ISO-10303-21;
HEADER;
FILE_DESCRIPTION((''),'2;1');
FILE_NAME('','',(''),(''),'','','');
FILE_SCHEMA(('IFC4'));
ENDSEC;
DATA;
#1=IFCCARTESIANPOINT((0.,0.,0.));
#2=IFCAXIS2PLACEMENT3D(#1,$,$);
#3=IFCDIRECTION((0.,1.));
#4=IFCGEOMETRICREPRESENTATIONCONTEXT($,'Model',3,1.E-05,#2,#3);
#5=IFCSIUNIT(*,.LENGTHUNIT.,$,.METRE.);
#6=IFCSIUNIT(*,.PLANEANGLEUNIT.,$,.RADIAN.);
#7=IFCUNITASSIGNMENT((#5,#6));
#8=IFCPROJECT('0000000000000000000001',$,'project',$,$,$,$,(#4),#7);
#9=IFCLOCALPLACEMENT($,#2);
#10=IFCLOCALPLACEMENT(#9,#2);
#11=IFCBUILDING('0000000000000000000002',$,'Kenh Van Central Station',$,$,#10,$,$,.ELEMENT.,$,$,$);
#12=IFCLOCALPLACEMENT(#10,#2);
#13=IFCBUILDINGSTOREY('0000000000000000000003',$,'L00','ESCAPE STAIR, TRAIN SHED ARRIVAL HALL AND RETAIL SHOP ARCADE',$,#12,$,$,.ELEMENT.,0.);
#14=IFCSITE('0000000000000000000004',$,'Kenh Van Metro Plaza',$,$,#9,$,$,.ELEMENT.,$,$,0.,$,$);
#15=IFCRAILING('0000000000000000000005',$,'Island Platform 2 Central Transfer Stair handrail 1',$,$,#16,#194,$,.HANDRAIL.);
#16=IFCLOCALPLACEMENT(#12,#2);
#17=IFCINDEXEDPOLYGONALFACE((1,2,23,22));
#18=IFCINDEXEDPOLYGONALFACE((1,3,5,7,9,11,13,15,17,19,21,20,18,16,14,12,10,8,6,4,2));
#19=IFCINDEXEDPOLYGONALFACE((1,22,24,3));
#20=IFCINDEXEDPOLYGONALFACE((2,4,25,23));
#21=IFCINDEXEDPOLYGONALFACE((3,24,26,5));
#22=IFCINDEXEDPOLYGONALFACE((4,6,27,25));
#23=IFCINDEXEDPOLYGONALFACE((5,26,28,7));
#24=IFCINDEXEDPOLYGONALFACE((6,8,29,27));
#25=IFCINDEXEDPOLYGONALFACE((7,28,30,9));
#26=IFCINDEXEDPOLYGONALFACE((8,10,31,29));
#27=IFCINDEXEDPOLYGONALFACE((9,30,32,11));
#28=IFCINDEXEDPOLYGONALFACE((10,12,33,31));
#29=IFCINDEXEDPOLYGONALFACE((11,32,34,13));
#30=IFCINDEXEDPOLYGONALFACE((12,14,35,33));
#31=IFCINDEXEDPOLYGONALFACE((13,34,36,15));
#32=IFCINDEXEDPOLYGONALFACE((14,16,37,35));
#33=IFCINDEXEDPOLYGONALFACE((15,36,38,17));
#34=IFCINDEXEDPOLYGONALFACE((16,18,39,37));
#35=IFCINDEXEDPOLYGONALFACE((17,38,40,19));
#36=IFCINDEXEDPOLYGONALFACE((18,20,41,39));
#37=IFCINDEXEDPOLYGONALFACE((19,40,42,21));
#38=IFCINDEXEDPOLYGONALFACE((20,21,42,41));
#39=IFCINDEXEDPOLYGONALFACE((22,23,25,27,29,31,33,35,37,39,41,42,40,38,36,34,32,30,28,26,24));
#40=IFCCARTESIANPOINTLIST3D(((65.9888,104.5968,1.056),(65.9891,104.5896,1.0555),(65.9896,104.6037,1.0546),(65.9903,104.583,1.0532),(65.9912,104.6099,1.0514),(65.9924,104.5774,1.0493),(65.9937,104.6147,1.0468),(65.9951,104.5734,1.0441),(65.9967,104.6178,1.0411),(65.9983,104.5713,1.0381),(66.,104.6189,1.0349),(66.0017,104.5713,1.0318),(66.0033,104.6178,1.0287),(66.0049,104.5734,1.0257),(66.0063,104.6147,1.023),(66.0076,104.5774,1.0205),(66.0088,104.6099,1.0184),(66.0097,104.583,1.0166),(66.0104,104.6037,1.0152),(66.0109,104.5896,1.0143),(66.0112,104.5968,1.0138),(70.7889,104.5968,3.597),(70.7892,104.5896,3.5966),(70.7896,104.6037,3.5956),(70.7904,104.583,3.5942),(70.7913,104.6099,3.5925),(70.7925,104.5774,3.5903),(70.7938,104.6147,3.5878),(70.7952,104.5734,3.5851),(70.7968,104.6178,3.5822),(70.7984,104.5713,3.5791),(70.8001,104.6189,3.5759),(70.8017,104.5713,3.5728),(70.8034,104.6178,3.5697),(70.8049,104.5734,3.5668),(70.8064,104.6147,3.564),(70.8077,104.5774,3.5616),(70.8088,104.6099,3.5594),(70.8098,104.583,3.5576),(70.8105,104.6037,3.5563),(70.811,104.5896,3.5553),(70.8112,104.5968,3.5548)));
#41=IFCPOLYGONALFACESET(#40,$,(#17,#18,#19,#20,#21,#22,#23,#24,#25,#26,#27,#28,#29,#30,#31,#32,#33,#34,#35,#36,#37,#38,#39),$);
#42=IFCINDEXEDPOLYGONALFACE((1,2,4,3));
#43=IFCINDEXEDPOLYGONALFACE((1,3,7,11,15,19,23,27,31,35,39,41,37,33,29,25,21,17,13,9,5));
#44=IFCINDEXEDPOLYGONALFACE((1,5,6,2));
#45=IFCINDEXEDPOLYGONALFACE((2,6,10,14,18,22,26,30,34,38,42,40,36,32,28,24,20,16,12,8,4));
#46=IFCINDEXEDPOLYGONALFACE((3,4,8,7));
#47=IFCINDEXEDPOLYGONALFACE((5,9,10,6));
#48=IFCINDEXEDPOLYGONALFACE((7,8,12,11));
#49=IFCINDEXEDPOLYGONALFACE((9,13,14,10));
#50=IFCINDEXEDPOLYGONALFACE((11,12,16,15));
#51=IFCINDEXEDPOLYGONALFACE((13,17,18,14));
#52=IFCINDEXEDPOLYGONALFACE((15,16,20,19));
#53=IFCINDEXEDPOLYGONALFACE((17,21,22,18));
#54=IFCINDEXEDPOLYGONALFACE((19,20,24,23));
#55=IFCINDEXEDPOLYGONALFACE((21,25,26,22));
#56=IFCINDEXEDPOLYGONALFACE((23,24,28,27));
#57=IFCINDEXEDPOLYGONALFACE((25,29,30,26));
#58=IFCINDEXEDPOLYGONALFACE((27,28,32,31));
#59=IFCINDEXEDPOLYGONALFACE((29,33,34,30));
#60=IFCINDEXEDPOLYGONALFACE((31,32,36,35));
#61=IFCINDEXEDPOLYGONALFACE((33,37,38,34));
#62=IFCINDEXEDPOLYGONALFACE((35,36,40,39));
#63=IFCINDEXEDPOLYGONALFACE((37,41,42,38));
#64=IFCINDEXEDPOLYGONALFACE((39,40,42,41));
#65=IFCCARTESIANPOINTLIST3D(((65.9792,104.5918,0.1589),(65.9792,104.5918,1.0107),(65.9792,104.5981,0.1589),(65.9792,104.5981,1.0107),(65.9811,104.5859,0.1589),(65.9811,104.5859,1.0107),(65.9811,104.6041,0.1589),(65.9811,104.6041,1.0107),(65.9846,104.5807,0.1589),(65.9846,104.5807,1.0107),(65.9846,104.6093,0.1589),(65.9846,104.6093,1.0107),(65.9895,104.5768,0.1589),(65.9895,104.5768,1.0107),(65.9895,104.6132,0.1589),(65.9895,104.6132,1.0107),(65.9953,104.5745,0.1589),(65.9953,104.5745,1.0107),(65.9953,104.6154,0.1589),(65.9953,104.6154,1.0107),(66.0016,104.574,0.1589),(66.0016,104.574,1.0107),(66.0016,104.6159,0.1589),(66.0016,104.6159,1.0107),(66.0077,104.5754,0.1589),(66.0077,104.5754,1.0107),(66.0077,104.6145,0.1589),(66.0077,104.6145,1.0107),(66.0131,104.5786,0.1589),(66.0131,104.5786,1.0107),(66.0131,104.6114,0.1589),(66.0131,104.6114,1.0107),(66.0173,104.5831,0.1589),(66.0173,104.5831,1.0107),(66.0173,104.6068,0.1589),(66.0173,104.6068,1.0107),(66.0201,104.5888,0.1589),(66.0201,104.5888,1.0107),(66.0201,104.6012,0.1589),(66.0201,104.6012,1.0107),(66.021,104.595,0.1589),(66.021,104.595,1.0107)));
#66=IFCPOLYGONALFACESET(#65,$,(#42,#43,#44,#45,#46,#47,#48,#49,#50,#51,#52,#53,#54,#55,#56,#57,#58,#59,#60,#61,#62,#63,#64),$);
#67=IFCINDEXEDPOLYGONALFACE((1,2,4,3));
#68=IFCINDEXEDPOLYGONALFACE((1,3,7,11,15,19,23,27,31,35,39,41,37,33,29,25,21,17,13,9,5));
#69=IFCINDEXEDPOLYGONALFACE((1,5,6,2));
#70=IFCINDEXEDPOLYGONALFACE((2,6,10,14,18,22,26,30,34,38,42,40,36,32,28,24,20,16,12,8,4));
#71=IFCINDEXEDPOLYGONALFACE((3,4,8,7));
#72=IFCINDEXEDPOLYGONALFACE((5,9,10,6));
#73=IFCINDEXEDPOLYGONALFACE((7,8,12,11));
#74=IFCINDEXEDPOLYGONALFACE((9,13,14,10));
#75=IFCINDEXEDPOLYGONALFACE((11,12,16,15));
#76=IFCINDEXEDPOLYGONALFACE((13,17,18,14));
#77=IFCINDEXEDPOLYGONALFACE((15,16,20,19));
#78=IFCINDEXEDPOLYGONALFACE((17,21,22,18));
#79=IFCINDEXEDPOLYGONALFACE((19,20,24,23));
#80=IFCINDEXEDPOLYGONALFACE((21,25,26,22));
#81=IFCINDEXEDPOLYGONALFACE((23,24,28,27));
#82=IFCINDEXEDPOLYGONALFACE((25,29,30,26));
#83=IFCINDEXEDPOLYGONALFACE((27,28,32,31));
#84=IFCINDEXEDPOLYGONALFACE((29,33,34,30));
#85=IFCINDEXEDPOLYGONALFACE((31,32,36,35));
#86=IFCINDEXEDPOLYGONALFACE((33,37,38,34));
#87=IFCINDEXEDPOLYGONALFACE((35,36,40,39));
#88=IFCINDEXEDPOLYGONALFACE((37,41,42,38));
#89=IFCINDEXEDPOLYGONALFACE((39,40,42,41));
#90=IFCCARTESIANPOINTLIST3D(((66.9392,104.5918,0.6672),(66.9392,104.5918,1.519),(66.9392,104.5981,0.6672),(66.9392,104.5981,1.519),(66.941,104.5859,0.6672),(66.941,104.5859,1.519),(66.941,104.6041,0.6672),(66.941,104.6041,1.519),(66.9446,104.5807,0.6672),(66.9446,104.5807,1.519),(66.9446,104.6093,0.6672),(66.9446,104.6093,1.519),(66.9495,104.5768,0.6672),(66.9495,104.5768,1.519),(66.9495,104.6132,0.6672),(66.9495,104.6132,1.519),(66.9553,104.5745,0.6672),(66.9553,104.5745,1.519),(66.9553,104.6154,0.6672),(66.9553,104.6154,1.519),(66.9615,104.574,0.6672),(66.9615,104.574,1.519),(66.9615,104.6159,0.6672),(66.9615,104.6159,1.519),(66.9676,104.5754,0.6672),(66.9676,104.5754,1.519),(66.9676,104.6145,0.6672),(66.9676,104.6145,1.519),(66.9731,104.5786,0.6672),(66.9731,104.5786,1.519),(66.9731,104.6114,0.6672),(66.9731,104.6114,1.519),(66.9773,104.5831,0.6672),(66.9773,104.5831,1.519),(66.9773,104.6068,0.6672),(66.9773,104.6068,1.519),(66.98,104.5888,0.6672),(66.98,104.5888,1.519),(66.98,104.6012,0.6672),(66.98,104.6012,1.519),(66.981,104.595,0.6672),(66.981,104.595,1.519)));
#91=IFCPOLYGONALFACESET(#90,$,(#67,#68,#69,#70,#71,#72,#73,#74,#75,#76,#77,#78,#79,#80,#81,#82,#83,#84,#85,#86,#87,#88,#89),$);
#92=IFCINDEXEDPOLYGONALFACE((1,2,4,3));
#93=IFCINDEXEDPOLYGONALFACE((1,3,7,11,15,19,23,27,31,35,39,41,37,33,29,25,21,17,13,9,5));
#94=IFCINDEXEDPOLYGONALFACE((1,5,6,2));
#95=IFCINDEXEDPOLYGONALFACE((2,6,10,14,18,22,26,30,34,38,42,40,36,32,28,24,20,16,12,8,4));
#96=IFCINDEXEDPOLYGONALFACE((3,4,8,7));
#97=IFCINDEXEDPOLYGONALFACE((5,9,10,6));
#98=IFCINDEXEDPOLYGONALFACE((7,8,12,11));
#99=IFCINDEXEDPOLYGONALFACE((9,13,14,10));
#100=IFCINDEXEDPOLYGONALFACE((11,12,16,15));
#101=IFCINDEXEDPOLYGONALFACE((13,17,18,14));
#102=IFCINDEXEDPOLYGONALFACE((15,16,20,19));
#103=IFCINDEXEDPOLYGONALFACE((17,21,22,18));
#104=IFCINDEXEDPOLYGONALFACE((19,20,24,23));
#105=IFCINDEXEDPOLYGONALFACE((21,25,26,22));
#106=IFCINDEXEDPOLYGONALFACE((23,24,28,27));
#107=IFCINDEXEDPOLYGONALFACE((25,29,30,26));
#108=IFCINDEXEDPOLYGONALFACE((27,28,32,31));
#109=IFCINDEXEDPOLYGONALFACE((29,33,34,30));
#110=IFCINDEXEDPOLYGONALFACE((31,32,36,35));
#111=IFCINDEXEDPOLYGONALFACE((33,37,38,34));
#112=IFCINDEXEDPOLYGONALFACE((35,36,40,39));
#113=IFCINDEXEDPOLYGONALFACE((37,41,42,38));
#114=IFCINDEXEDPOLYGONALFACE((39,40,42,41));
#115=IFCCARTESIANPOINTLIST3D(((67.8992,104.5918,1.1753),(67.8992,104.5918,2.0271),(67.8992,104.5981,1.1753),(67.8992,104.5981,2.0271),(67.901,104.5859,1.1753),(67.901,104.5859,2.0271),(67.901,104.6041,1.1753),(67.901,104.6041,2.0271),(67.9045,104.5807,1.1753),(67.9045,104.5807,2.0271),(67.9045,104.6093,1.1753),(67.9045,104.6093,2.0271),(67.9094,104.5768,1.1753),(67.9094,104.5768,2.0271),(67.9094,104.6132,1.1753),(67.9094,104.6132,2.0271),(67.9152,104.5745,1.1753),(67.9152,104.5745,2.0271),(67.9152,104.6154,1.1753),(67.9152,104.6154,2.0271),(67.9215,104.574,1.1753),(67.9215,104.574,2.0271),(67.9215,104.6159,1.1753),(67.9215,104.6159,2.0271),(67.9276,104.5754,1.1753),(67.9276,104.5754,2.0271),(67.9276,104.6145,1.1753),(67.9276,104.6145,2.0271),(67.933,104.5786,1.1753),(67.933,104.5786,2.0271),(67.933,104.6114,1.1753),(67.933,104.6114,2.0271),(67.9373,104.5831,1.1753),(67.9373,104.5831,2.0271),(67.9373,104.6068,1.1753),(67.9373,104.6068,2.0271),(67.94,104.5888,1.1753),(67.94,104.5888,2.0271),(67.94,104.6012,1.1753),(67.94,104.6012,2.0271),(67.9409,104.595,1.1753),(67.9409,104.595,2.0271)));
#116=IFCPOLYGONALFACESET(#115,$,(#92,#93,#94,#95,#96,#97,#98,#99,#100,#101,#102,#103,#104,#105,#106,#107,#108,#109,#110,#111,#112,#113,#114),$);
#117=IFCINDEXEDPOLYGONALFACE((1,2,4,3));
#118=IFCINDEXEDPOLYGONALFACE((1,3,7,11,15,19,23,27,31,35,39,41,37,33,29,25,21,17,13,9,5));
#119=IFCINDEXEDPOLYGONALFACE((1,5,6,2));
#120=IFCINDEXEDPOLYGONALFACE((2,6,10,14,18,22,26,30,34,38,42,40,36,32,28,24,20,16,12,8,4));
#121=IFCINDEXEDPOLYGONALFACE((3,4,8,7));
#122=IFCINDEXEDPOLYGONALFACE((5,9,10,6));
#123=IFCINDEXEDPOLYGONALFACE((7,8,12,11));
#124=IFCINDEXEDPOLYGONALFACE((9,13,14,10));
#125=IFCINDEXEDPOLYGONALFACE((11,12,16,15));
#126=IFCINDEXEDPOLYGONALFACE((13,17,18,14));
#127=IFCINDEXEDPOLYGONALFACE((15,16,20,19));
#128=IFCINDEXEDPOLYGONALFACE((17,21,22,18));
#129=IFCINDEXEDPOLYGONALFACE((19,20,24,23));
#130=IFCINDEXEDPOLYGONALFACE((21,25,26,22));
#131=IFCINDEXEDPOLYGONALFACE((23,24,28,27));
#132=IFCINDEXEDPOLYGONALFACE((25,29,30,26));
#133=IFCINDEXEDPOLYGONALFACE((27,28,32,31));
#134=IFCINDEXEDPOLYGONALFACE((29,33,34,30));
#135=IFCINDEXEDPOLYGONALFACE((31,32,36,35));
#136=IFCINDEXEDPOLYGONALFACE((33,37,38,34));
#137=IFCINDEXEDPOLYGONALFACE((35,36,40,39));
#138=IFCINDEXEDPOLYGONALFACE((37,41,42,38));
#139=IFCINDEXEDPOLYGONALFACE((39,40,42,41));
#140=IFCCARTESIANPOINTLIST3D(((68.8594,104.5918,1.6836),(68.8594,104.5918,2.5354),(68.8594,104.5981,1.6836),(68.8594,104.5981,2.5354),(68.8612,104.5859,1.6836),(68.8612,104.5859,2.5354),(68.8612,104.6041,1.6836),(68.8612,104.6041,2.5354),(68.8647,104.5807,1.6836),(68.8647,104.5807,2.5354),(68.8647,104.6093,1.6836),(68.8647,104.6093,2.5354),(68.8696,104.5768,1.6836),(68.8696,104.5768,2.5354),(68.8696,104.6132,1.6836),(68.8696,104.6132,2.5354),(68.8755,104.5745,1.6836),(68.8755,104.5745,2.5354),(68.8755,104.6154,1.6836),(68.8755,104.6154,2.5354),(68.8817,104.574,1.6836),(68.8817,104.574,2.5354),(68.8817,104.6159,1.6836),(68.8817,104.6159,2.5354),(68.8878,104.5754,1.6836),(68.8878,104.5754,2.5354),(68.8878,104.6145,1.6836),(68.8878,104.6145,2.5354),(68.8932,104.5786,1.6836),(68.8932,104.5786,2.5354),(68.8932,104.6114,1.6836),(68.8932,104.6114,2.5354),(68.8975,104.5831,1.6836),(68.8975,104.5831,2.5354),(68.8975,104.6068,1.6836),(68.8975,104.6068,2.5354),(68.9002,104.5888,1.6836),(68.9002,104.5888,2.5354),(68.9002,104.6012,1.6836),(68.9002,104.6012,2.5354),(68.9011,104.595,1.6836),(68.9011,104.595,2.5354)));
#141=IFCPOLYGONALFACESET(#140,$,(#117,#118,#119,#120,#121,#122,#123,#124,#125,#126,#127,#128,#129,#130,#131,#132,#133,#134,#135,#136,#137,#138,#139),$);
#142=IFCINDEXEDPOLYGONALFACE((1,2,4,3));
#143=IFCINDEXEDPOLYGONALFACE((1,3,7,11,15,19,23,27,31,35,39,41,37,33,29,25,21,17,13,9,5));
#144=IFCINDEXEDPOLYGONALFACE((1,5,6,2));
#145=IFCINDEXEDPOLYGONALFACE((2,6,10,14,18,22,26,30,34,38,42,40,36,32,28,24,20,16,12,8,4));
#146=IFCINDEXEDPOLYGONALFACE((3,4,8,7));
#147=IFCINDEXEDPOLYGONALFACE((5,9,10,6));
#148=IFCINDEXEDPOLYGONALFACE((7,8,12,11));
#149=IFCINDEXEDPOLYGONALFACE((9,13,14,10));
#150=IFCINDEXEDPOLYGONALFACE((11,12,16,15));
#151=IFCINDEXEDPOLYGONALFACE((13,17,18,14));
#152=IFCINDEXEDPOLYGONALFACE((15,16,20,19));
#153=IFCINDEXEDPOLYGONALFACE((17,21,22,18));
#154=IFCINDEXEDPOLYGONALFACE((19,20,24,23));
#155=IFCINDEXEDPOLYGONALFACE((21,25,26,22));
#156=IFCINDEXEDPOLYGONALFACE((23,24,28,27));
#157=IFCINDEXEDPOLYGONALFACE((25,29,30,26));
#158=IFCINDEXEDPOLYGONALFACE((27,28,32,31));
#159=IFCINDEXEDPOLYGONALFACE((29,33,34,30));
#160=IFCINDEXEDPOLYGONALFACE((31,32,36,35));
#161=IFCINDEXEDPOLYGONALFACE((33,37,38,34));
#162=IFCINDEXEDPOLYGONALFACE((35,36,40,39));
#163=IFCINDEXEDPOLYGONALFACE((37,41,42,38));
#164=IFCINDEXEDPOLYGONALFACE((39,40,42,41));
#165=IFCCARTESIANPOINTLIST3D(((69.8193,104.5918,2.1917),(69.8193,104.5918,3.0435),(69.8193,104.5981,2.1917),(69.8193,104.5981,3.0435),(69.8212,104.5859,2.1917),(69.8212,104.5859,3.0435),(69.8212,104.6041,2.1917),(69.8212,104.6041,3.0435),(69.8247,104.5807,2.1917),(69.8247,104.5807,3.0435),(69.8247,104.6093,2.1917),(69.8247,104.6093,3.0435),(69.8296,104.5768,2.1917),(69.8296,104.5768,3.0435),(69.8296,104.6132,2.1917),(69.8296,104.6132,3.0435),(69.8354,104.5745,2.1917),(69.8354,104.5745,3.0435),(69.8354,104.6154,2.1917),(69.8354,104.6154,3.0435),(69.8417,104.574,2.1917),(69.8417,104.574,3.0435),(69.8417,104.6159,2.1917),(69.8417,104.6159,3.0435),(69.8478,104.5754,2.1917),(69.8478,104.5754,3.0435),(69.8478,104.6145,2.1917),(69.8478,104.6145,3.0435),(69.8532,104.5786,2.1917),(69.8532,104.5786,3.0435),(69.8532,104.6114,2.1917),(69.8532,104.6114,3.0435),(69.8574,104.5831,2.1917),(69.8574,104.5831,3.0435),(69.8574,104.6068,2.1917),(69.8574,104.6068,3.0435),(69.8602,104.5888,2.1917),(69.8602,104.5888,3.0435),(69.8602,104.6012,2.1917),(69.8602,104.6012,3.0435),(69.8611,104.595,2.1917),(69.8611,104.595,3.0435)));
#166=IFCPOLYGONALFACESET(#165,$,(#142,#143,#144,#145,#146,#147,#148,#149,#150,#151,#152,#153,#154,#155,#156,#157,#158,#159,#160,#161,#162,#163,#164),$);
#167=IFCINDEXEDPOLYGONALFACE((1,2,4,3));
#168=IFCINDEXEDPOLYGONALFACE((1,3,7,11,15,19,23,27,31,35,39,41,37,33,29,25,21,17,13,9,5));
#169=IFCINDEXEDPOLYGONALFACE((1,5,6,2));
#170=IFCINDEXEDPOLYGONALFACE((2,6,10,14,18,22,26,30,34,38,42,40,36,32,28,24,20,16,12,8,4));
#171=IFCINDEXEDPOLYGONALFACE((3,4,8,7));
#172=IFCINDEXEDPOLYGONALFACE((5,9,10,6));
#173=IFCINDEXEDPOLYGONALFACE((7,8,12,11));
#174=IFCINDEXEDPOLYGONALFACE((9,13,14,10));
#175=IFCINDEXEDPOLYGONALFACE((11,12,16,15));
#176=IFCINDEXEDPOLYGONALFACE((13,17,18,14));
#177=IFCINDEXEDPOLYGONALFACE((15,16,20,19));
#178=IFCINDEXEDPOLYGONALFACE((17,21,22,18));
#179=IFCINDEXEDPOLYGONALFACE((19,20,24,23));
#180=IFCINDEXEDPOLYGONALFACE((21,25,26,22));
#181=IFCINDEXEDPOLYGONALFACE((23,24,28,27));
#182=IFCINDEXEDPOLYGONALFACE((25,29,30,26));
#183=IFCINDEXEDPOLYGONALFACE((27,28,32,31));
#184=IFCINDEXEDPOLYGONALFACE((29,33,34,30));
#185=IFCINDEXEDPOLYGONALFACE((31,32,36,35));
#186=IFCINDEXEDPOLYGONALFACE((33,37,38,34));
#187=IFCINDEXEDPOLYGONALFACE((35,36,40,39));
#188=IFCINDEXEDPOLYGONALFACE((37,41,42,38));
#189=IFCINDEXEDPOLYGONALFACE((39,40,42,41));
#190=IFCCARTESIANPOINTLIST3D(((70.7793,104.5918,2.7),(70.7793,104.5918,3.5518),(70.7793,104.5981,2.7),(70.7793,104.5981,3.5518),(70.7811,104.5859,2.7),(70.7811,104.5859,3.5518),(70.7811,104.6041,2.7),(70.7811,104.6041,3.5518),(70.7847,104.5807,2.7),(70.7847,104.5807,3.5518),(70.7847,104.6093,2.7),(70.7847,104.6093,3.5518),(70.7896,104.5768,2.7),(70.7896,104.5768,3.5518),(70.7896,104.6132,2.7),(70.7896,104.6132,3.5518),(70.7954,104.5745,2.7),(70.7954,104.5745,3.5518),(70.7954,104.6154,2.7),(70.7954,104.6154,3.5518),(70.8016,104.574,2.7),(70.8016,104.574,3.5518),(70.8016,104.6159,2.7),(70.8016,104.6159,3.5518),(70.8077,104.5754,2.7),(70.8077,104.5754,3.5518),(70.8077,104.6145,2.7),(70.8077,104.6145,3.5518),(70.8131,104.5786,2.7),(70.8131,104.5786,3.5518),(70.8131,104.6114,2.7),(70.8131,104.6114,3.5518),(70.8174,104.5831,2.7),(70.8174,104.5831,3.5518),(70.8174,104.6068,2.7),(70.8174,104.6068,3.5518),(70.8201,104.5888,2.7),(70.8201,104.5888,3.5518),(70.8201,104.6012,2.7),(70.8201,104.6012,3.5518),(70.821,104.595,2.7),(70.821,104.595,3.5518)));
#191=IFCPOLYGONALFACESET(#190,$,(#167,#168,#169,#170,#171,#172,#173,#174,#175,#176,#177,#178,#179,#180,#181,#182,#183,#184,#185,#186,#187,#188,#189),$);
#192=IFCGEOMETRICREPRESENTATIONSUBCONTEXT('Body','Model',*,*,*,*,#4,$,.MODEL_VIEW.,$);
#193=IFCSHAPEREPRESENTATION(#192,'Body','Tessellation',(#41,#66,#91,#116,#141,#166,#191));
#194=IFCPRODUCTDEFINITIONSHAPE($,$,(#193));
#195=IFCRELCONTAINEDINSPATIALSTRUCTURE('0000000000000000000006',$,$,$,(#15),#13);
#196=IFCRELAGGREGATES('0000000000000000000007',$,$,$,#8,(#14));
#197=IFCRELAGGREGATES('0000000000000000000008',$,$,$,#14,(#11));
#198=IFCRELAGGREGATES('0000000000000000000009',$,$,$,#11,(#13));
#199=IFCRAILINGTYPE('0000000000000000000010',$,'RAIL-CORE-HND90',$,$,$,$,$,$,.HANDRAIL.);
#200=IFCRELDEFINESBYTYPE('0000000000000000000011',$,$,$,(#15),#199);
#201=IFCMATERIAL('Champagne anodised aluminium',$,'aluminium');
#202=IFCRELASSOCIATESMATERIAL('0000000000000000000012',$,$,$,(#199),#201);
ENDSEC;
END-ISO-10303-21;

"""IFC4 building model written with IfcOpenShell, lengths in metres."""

from ifc_helpers import new_model, si_unit, direction, frame, origin, origin_2d, place, context, subcontext, project, spatial, circle, extrude, material, type_object, element, save


model = new_model("IFC4")

# Units and contexts
model_context = context("Model", 3, precision=1e-05, world=origin(), true_north=direction((0.0, 1.0)))
body_context = subcontext(model_context, "Body", "Model", "MODEL_VIEW")
ifc_project = project(units=[si_unit("LENGTHUNIT", "METRE"), si_unit("PLANEANGLEUNIT", "RADIAN")], contexts=[model_context])

# Site, building, storey
site_placement = place(None, origin())
site = spatial("IfcSite", under=ifc_project, at=site_placement, Name="Kenh Van Metro Plaza", CompositionType="ELEMENT", RefElevation=0.0)
building_placement = place(site_placement, origin())
building = spatial("IfcBuilding", under=site, at=building_placement, Name="Kenh Van Central Station", CompositionType="ELEMENT")
storey_placement = place(building_placement, origin())
storey = spatial("IfcBuildingStorey", under=building, at=storey_placement, Name="L00", Description="ESCAPE STAIR, TRAIN SHED ARRIVAL HALL AND RETAIL SHOP ARCADE", CompositionType="ELEMENT", Elevation=0.0)

# Railing
ifc_material_1 = material(Name="Champagne anodised aluminium", Category="aluminium")
railing_type_1 = type_object("IfcRailingType", Name="RAIL-CORE-HND90", PredefinedType="HANDRAIL", material=ifc_material_1)
for number, where, name in (
    (1, (66.0, 104.595, 0.1589), "Island Platform 2 Central Transfer Stair handrail 1"),
):
    element("IfcRailing", number, at=place(storey_placement, frame(where)), inside=storey, type_object=railing_type_1, Name=name, PredefinedType="HANDRAIL", context=body_context, shape_type="SweptSolid", body=[
        extrude(circle(Radius=0.0239, at=origin_2d()), frame((0.0, 0.0, 0.876), z_axis=(0.883802, 0.0, 0.467861), x_axis=(0.0, 1.0, 0.0)), (0.0, 0.0, 1.0), 5.4312),
        extrude(circle(Radius=0.021, at=origin_2d()), origin(), (0.0, 0.0, 1.0), 0.8518),
        extrude(circle(Radius=0.021, at=origin_2d()), frame((0.96, 0.0, 0.5083)), (0.0, 0.0, 1.0), 0.8518),
        extrude(circle(Radius=0.021, at=origin_2d()), frame((1.9199, 0.0, 1.0164)), (0.0, 0.0, 1.0), 0.8518),
        extrude(circle(Radius=0.021, at=origin_2d()), frame((2.8801, 0.0, 1.5247)), (0.0, 0.0, 1.0), 0.8518),
        extrude(circle(Radius=0.021, at=origin_2d()), frame((3.8401, 0.0, 2.0327)), (0.0, 0.0, 1.0), 0.8518),
        extrude(circle(Radius=0.021, at=origin_2d()), frame((4.8, 0.0, 2.541)), (0.0, 0.0, 1.0), 0.8518),
    ])

save(model, "model.ifc")
